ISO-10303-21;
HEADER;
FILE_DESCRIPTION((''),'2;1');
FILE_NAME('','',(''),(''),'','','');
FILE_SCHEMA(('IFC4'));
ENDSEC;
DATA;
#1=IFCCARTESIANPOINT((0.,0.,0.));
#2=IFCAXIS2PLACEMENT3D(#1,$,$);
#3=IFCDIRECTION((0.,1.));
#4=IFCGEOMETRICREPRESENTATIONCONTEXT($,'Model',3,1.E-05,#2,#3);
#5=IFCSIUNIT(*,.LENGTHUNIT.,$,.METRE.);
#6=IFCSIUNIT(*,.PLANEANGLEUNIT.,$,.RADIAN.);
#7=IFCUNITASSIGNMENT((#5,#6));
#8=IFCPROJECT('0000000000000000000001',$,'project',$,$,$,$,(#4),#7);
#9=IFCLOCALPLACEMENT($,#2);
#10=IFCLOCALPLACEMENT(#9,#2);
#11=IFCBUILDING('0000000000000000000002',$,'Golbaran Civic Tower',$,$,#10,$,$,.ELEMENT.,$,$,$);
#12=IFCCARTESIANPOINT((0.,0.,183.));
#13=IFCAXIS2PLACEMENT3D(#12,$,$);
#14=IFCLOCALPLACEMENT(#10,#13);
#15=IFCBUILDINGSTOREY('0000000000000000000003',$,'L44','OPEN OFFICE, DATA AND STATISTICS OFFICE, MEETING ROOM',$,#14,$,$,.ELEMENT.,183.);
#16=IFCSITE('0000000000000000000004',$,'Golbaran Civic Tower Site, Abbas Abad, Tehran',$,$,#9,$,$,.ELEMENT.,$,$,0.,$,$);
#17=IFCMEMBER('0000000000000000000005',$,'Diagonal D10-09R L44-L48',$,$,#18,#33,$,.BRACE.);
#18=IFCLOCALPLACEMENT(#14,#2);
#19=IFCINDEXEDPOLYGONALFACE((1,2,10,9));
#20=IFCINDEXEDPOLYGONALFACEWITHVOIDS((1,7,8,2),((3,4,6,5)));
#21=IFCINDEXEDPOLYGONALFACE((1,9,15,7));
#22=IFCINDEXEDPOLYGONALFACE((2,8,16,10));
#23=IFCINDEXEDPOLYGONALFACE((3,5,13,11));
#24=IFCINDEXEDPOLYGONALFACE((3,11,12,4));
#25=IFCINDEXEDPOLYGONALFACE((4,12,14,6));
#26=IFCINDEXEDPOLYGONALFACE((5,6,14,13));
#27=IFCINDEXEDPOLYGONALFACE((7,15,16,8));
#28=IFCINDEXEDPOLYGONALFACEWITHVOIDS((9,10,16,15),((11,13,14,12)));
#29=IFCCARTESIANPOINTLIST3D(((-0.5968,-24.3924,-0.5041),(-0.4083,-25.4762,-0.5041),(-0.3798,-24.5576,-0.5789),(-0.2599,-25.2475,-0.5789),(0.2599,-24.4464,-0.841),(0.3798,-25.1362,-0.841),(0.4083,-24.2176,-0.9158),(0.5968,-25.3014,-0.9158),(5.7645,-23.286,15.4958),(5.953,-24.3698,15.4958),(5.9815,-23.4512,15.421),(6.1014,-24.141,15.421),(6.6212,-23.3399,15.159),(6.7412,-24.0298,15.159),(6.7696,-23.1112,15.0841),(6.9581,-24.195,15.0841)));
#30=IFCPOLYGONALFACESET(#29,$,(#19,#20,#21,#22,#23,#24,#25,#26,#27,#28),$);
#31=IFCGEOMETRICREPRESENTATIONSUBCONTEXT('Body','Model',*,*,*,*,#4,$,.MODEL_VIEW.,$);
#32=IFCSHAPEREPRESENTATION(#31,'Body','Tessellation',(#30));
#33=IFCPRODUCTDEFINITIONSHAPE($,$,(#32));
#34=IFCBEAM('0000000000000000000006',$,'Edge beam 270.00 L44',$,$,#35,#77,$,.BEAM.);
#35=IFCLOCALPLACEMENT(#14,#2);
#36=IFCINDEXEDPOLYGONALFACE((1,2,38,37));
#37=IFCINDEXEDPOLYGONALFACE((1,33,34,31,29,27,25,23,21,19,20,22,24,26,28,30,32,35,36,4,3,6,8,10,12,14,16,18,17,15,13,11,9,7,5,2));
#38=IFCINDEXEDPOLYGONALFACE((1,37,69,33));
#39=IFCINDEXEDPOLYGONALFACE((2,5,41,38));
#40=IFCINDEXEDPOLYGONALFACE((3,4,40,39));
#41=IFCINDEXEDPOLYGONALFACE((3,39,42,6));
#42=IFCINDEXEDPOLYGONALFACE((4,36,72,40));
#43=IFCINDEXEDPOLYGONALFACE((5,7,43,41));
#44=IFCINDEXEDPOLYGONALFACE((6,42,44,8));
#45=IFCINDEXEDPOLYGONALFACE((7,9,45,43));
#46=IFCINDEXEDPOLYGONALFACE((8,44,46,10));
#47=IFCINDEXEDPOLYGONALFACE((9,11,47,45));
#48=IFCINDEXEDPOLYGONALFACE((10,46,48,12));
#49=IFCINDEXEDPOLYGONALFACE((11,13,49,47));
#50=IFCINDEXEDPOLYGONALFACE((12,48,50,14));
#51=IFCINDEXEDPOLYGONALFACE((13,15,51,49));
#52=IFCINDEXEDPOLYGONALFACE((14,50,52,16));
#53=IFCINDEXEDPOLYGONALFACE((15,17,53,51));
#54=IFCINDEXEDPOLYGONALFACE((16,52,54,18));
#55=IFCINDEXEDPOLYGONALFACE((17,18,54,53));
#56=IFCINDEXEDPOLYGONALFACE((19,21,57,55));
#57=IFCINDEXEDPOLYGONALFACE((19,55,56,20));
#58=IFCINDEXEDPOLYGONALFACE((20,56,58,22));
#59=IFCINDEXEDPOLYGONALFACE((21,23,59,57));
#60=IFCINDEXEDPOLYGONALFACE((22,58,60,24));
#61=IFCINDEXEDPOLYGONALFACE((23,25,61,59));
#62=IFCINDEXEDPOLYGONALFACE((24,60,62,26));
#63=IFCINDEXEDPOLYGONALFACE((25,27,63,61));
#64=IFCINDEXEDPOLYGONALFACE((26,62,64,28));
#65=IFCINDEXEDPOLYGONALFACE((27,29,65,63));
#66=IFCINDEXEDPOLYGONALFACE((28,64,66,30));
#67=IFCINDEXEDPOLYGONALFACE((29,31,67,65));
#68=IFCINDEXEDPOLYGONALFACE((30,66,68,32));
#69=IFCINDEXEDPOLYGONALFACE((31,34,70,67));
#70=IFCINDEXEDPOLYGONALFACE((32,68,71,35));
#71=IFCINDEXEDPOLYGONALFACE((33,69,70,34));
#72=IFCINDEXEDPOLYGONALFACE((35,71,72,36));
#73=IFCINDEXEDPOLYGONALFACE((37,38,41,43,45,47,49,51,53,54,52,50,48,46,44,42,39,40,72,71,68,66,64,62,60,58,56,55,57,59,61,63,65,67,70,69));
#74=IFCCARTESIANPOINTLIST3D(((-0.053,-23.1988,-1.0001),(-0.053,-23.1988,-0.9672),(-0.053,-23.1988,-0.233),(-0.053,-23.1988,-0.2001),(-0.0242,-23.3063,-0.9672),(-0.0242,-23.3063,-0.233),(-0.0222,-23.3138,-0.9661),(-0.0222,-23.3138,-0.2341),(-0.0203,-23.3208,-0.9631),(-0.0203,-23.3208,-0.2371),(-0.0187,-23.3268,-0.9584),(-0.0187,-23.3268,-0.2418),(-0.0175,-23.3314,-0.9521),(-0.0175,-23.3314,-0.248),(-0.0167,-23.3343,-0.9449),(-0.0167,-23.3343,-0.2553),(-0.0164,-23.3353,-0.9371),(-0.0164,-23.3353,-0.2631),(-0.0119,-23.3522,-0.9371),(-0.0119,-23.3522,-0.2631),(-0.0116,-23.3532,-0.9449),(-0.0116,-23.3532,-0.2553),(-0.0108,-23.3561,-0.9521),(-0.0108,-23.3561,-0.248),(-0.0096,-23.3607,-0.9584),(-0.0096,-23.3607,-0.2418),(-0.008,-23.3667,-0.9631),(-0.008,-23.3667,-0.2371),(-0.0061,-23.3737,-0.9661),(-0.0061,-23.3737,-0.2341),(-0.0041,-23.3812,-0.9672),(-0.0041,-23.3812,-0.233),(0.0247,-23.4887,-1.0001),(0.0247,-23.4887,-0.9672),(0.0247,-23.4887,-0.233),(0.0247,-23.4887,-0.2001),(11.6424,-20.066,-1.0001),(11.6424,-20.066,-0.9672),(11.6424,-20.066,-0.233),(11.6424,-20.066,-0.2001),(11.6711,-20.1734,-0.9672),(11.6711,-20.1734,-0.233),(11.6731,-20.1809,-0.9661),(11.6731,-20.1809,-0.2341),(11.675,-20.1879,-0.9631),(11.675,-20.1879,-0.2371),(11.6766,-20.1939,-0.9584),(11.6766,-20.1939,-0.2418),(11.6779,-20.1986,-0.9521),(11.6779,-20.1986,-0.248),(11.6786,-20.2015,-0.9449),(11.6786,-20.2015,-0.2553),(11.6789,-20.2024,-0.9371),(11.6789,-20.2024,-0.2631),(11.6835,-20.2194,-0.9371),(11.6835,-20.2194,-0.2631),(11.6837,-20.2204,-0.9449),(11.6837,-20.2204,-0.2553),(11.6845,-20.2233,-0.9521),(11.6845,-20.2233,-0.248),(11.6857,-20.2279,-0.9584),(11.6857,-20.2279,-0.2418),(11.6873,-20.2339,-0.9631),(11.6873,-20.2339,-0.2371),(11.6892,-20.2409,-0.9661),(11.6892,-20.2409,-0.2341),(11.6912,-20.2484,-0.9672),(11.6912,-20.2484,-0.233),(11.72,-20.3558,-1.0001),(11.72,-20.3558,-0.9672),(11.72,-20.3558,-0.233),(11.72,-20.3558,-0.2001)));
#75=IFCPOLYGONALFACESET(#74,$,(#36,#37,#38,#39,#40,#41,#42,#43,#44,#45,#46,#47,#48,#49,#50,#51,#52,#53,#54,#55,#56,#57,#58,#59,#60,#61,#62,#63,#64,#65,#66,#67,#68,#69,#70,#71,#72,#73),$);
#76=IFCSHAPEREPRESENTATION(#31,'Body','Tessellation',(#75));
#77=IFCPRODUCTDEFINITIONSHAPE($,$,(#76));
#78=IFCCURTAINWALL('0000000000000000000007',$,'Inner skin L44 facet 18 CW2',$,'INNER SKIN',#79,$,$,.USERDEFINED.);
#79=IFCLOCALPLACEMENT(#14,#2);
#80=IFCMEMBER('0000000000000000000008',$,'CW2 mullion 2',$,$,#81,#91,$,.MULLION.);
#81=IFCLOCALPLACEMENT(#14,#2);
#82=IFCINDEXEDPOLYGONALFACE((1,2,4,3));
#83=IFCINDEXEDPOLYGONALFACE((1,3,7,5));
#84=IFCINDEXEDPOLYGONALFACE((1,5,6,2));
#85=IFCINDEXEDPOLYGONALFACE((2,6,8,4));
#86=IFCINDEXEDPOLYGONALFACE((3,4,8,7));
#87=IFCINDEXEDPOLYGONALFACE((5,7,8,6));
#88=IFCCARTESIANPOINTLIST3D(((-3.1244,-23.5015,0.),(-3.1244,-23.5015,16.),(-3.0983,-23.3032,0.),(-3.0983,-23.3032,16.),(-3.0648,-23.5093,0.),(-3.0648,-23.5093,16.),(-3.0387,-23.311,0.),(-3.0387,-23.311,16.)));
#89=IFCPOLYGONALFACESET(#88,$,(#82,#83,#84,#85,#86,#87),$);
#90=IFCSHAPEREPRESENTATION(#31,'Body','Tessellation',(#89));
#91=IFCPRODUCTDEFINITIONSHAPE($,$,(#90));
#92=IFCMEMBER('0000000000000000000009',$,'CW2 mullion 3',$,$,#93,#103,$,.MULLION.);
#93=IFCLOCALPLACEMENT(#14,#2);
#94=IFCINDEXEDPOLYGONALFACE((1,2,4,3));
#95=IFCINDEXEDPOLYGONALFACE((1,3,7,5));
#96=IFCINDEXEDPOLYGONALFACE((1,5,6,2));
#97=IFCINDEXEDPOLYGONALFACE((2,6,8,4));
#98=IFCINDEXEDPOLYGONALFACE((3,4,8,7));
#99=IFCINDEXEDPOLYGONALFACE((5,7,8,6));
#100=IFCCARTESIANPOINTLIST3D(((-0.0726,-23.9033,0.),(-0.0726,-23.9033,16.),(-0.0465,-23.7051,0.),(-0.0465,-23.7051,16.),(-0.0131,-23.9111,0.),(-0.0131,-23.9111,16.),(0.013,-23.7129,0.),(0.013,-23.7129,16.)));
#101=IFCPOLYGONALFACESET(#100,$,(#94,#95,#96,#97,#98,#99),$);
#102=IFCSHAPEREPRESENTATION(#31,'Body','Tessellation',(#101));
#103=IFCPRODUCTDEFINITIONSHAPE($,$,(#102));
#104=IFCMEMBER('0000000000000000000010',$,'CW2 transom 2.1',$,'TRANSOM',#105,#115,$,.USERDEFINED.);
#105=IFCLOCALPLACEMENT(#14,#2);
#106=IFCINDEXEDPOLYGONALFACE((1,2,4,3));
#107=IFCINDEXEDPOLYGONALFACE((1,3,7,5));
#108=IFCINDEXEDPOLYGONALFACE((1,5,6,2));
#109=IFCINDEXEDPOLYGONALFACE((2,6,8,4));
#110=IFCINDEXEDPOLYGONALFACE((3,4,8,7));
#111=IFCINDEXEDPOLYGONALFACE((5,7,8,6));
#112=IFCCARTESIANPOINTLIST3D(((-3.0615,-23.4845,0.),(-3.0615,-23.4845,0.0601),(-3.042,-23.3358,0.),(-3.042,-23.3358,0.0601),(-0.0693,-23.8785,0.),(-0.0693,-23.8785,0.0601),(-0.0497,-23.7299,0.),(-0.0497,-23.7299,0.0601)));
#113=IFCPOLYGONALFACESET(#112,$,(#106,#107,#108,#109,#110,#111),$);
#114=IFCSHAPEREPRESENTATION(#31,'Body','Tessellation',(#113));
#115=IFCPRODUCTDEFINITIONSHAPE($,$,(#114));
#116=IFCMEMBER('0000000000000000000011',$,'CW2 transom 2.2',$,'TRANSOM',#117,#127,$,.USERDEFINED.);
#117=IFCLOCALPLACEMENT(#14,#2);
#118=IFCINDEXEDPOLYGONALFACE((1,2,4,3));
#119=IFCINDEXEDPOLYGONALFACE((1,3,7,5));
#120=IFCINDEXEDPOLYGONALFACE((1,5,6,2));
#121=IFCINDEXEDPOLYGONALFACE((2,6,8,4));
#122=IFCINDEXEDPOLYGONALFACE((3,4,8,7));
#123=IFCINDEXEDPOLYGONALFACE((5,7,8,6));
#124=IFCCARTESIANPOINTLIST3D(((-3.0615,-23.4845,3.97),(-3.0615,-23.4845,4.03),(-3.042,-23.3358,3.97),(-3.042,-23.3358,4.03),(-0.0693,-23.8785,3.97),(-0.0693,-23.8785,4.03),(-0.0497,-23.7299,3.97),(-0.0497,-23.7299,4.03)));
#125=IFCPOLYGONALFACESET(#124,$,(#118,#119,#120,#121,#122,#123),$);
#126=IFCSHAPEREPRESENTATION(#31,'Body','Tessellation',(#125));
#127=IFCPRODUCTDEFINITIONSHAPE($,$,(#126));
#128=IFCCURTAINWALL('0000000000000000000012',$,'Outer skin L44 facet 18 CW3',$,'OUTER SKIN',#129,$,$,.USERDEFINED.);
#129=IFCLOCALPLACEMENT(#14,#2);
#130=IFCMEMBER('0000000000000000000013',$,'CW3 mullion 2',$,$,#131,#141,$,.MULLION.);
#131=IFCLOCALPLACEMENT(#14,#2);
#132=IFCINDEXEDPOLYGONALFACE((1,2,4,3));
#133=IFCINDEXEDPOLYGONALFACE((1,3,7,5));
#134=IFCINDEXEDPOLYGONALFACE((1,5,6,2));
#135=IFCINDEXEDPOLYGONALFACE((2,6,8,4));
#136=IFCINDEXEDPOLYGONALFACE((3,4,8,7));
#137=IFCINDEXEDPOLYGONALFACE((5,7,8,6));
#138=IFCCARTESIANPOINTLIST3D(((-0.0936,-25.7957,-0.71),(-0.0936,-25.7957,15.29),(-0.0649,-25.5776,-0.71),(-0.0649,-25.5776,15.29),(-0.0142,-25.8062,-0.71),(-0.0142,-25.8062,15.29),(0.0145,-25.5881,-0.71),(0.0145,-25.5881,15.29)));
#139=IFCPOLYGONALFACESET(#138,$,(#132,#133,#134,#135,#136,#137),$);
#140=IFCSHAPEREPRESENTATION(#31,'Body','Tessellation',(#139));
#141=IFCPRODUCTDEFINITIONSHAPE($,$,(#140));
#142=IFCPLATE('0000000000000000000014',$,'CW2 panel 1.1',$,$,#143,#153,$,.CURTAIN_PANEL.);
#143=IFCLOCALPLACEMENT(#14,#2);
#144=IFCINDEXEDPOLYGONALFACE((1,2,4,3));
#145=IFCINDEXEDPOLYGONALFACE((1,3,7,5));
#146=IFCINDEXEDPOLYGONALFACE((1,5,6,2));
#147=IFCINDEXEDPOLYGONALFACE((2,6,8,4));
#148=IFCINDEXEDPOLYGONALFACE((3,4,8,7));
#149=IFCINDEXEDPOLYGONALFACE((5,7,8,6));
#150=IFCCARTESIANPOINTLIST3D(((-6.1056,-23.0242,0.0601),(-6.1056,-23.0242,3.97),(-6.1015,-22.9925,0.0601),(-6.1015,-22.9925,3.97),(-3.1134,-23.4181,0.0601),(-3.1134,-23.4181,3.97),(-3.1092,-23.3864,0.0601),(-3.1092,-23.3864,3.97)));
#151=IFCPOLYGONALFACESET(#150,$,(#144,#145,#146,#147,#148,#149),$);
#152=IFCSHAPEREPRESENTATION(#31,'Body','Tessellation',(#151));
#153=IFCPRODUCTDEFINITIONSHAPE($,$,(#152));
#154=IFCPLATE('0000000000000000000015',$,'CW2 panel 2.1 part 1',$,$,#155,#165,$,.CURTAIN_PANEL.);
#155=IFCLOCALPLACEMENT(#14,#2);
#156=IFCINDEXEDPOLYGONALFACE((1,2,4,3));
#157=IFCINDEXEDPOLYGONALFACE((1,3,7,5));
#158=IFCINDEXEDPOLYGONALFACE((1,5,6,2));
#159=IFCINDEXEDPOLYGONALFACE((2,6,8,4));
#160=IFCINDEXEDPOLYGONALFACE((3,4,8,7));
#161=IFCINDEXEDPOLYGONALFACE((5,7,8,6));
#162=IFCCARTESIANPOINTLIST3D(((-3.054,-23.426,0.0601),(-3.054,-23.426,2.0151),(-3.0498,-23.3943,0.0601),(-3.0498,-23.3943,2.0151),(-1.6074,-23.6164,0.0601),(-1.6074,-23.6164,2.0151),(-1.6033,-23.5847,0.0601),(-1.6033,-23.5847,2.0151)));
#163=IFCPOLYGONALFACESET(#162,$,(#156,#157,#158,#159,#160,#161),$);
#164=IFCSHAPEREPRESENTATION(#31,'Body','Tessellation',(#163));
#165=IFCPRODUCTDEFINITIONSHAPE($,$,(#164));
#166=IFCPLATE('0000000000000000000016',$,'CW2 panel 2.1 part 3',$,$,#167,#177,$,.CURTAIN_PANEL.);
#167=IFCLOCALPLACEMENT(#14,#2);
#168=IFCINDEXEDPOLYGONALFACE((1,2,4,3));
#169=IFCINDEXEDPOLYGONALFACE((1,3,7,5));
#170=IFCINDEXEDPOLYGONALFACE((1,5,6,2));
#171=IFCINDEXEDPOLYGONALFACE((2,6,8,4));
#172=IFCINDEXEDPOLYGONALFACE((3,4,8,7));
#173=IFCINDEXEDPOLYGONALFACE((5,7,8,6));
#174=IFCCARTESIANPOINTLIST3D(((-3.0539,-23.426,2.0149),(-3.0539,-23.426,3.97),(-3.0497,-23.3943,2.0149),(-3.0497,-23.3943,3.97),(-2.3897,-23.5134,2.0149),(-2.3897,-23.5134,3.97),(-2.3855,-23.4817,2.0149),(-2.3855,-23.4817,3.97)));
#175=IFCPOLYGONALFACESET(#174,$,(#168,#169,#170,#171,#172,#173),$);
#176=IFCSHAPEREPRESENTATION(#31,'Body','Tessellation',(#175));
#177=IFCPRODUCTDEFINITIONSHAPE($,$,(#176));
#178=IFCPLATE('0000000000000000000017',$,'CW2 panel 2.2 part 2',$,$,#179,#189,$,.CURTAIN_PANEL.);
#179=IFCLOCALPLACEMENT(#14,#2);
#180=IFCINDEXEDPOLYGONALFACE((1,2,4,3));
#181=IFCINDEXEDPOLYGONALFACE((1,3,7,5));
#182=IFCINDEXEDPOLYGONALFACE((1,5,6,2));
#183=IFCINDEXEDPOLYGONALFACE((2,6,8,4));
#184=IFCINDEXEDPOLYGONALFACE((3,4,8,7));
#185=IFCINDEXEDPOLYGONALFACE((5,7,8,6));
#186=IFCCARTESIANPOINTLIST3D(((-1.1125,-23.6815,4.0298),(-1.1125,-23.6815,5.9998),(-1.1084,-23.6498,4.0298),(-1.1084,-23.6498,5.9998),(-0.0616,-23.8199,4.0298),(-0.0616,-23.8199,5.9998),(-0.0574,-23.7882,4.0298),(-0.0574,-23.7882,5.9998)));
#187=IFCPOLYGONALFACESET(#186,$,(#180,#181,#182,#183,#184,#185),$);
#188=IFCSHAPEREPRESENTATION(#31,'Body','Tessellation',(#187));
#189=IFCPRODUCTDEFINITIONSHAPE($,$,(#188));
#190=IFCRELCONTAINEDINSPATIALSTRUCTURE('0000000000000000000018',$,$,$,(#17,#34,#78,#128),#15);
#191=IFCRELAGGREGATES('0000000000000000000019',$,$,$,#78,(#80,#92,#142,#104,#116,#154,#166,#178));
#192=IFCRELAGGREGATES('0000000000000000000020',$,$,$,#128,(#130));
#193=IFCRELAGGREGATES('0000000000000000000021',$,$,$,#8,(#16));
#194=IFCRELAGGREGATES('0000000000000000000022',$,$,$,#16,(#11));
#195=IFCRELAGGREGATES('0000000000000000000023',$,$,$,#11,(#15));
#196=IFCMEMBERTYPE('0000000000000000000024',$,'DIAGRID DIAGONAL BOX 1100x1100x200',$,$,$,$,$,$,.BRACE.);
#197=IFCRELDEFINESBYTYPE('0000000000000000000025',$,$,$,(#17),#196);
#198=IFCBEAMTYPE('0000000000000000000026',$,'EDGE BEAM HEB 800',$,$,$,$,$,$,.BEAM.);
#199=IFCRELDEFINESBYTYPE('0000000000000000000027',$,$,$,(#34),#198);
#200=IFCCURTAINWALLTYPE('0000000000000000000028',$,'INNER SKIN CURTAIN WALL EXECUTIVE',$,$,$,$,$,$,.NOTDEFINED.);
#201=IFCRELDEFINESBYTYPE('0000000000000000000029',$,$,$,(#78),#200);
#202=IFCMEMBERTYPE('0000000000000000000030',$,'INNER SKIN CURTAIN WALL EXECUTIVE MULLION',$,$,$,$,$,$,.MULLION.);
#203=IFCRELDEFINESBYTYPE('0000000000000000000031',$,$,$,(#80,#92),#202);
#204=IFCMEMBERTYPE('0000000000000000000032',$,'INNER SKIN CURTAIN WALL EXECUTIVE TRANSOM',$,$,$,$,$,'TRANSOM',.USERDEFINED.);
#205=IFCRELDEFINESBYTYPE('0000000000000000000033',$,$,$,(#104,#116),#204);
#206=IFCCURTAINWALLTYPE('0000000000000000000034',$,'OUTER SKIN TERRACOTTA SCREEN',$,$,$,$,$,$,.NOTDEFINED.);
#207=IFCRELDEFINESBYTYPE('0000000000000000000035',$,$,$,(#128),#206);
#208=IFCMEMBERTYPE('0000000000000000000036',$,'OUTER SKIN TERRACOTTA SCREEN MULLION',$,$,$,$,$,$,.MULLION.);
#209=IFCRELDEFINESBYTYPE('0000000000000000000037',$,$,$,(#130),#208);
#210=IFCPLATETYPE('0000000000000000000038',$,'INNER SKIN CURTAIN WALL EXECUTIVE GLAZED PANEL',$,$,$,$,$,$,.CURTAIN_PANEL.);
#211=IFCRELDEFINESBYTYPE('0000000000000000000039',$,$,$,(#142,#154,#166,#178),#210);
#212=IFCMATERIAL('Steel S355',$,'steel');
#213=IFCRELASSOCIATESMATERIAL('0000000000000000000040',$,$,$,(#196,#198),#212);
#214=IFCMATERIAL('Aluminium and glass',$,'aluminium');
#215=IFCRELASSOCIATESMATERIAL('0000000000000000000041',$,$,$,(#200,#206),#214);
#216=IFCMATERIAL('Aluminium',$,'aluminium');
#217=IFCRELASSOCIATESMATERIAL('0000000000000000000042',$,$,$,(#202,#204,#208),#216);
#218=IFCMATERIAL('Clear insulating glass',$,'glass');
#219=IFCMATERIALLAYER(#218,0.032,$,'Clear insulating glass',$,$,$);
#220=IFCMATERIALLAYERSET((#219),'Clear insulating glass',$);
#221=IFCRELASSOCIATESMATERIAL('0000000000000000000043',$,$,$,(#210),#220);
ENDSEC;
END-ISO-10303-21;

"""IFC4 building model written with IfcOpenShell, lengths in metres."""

from ifc_helpers import new_model, si_unit, direction, frame, origin, origin_2d, place, context, subcontext, project, spatial, rectangle, hollow_rectangle, i_section, extrude, material, layer, layer_set, material_profile, profile_set, type_object, element, aggregate, save


model = new_model("IFC4")

# Units and contexts
model_context = context("Model", 3, precision=1e-05, world=origin(), true_north=direction((0.0, 1.0)))
body_context = subcontext(model_context, "Body", "Model", "MODEL_VIEW")
ifc_project = project(units=[si_unit("LENGTHUNIT", "METRE"), si_unit("PLANEANGLEUNIT", "RADIAN")], contexts=[model_context])

# Site, building, storey
site_placement = place(None, origin())
site = spatial("IfcSite", under=ifc_project, at=site_placement, Name="Golbaran Civic Tower Site, Abbas Abad, Tehran", CompositionType="ELEMENT", RefElevation=0.0)
building_placement = place(site_placement, origin())
building = spatial("IfcBuilding", under=site, at=building_placement, Name="Golbaran Civic Tower", CompositionType="ELEMENT")
storey_placement = place(building_placement, frame((0.0, 0.0, 183.0)))
storey = spatial("IfcBuildingStorey", under=building, at=storey_placement, Name="L44", Description="OPEN OFFICE, DATA AND STATISTICS OFFICE, MEETING ROOM", CompositionType="ELEMENT", Elevation=183.0)

# Member
ifc_material_1 = material(Name="Steel S355", Category="steel")
ifc_material_profile_1 = material_profile(ifc_material_1, hollow_rectangle(XDim=1.1001, YDim=1.1001, WallThickness=0.2, at=origin_2d()), Name="BOX 1100x1100x200")
ifc_profile_set_1 = profile_set([ifc_material_profile_1], Name="Steel S355")
member_type_1 = type_object("IfcMemberType", Name="DIAGRID DIAGONAL BOX 1100x1100x200", PredefinedType="BRACE", material=ifc_profile_set_1)
member_1_placement = place(storey_placement, frame((0.0, -24.8469, -0.71), z_axis=(0.368693, 0.064128, 0.927336), x_axis=(-0.17136, 0.985208, 0.0)))
element("IfcMember", 1, at=member_1_placement, inside=storey, type_object=member_type_1, Name="Diagonal D10-09R L44-L48", PredefinedType="BRACE", context=body_context, shape_type="SweptSolid", body=[
    extrude(hollow_rectangle(XDim=1.1001, YDim=1.1001, WallThickness=0.2, at=origin_2d()), origin(), (0.0, 0.0, 1.0), 17.2537),
])

# Beam
ifc_material_profile_2 = material_profile(ifc_material_1, i_section(OverallWidth=0.3, OverallDepth=0.8, WebThickness=0.0176, FlangeThickness=0.033, FilletRadius=0.03, at=origin_2d()), Name="HEB 800")
ifc_profile_set_2 = profile_set([ifc_material_profile_2], Name="Steel S355")
beam_type = type_object("IfcBeamType", Name="EDGE BEAM HEB 800", PredefinedType="BEAM", material=ifc_profile_set_2)
beam_placement = place(storey_placement, frame((-0.0142, -23.3438, -0.6001), z_axis=(0.965945, 0.258747, 0.0), x_axis=(-0.258747, 0.965945, 0.0)))
element("IfcBeam", 2, at=beam_placement, inside=storey, type_object=beam_type, Name="Edge beam 270.00 L44", PredefinedType="BEAM", context=body_context, shape_type="SweptSolid", body=[
    extrude(i_section(OverallWidth=0.3, OverallDepth=0.8, WebThickness=0.0176, FlangeThickness=0.033, FilletRadius=0.03, at=origin_2d()), origin(), (0.0, 0.0, 1.0), 12.1077),
])

# Curtain wall, members
ifc_material_2 = material(Name="Aluminium and glass", Category="aluminium")
curtain_wall_type_1 = type_object("IfcCurtainWallType", Name="INNER SKIN CURTAIN WALL EXECUTIVE", PredefinedType="NOTDEFINED", material=ifc_material_2)
curtain_wall_1_placement = place(storey_placement, origin())
curtain_wall_1 = element("IfcCurtainWall", 3, at=curtain_wall_1_placement, inside=storey, type_object=curtain_wall_type_1, Name="Inner skin L44 facet 18 CW2", ObjectType="INNER SKIN", PredefinedType="USERDEFINED")
ifc_material_3 = material(Name="Aluminium", Category="aluminium")
ifc_material_profile_3 = material_profile(ifc_material_3, rectangle(XDim=0.2, YDim=0.0601, at=origin_2d()), Name="INNER SKIN CURTAIN WALL EXECUTIVE MULLION")
ifc_profile_set_3 = profile_set([ifc_material_profile_3], Name="Aluminium")
member_type_2 = type_object("IfcMemberType", Name="INNER SKIN CURTAIN WALL EXECUTIVE MULLION", PredefinedType="MULLION", material=ifc_profile_set_3)
member_2_placement = place(storey_placement, frame((-3.0815, -23.4062, 0.0), z_axis=(0.0, 0.0, 1.0), x_axis=(0.130526, 0.991445, 0.0)))
member_2 = element("IfcMember", 4, at=member_2_placement, type_object=member_type_2, Name="CW2 mullion 2", PredefinedType="MULLION", context=body_context, shape_type="SweptSolid", body=[
    extrude(rectangle(XDim=0.2, YDim=0.0601, at=origin_2d()), origin(), (0.0, 0.0, 1.0), 16.0),
])
member_3_placement = place(storey_placement, frame((-0.0298, -23.8081, 0.0), z_axis=(0.0, 0.0, 1.0), x_axis=(0.130526, 0.991445, 0.0)))
member_3 = element("IfcMember", 5, at=member_3_placement, type_object=member_type_2, Name="CW2 mullion 3", PredefinedType="MULLION", context=body_context, shape_type="SweptSolid", body=[
    extrude(rectangle(XDim=0.2, YDim=0.0601, at=origin_2d()), origin(), (0.0, 0.0, 1.0), 16.0),
])
ifc_material_profile_4 = material_profile(ifc_material_3, rectangle(XDim=0.1499, YDim=0.0601, at=origin_2d()), Name="INNER SKIN CURTAIN WALL EXECUTIVE TRANSOM")
ifc_profile_set_4 = profile_set([ifc_material_profile_4], Name="Aluminium")
member_type_3 = type_object("IfcMemberType", Name="INNER SKIN CURTAIN WALL EXECUTIVE TRANSOM", ElementType="TRANSOM", PredefinedType="USERDEFINED", material=ifc_profile_set_4)
member_4_placement = place(storey_placement, frame((-3.0518, -23.4102, 0.03), z_axis=(0.99144, -0.130563, 0.0), x_axis=(0.130563, 0.99144, 0.0)))
member_4 = element("IfcMember", 6, at=member_4_placement, type_object=member_type_3, Name="CW2 transom 2.1", ObjectType="TRANSOM", PredefinedType="USERDEFINED", context=body_context, shape_type="SweptSolid", body=[
    extrude(rectangle(XDim=0.1499, YDim=0.0601, at=origin_2d()), origin(), (0.0, 0.0, 1.0), 3.0181),
])
member_5_placement = place(storey_placement, frame((-3.0518, -23.4102, 4.0), z_axis=(0.99144, -0.130563, 0.0), x_axis=(0.130563, 0.99144, 0.0)))
member_5 = element("IfcMember", 7, at=member_5_placement, type_object=member_type_3, Name="CW2 transom 2.2", ObjectType="TRANSOM", PredefinedType="USERDEFINED", context=body_context, shape_type="SweptSolid", body=[
    extrude(rectangle(XDim=0.1499, YDim=0.0601, at=origin_2d()), origin(), (0.0, 0.0, 1.0), 3.0181),
])

# Curtain wall, member
curtain_wall_type_2 = type_object("IfcCurtainWallType", Name="OUTER SKIN TERRACOTTA SCREEN", PredefinedType="NOTDEFINED", material=ifc_material_2)
curtain_wall_2_placement = place(storey_placement, origin())
curtain_wall_2 = element("IfcCurtainWall", 8, at=curtain_wall_2_placement, inside=storey, type_object=curtain_wall_type_2, Name="Outer skin L44 facet 18 CW3", ObjectType="OUTER SKIN", PredefinedType="USERDEFINED")
ifc_material_profile_5 = material_profile(ifc_material_3, rectangle(XDim=0.22, YDim=0.0801, at=origin_2d()), Name="OUTER SKIN TERRACOTTA SCREEN MULLION")
ifc_profile_set_5 = profile_set([ifc_material_profile_5], Name="Aluminium")
member_type_4 = type_object("IfcMemberType", Name="OUTER SKIN TERRACOTTA SCREEN MULLION", PredefinedType="MULLION", material=ifc_profile_set_5)
member_6_placement = place(storey_placement, frame((-0.0396, -25.6919, -0.71), z_axis=(0.0, 0.0, 1.0), x_axis=(0.130526, 0.991445, 0.0)))
member_6 = element("IfcMember", 9, at=member_6_placement, type_object=member_type_4, Name="CW3 mullion 2", PredefinedType="MULLION", context=body_context, shape_type="SweptSolid", body=[
    extrude(rectangle(XDim=0.22, YDim=0.0801, at=origin_2d()), origin(), (0.0, 0.0, 1.0), 16.0),
])

# Plates
ifc_material_4 = material(Name="Clear insulating glass", Category="glass")
ifc_layer_1 = layer(ifc_material_4, 0.032, Name="Clear insulating glass")
ifc_layer_set_1 = layer_set([ifc_layer_1], Name="Clear insulating glass")
plate_type_1 = type_object("IfcPlateType", Name="INNER SKIN CURTAIN WALL EXECUTIVE GLAZED PANEL", PredefinedType="CURTAIN_PANEL", material=ifc_layer_set_1)
plate_1_placement = place(storey_placement, frame((-4.6074, -23.2053, 0.0601), z_axis=(0.0, 0.0, 1.0), x_axis=(0.991445, -0.130526, 0.0)))
plate_1 = element("IfcPlate", 10, at=plate_1_placement, type_object=plate_type_1, Name="CW2 panel 1.1", PredefinedType="CURTAIN_PANEL", context=body_context, shape_type="SweptSolid", body=[
    extrude(rectangle(XDim=3.0181, YDim=0.032, at=origin_2d()), origin(), (0.0, 0.0, 1.0), 3.9099),
])
plate_2_placement = place(storey_placement, frame((-2.3286, -23.5054, 0.0601), z_axis=(0.0, 0.0, 1.0), x_axis=(0.991445, -0.130526, 0.0)))
plate_2 = element("IfcPlate", 11, at=plate_2_placement, type_object=plate_type_1, Name="CW2 panel 2.1 part 1", PredefinedType="CURTAIN_PANEL", context=body_context, shape_type="SweptSolid", body=[
    extrude(rectangle(XDim=1.459, YDim=0.032, at=origin_2d()), origin(), (0.0, 0.0, 1.0), 1.9551),
])
plate_3_placement = place(storey_placement, frame((-2.7197, -23.4539, 2.0149), z_axis=(0.0, 0.0, 1.0), x_axis=(0.991445, -0.130526, 0.0)))
plate_3 = element("IfcPlate", 12, at=plate_3_placement, type_object=plate_type_1, Name="CW2 panel 2.1 part 3", PredefinedType="CURTAIN_PANEL", context=body_context, shape_type="SweptSolid", body=[
    extrude(rectangle(XDim=0.6699, YDim=0.032, at=origin_2d()), origin(), (0.0, 0.0, 1.0), 1.9551),
])
plate_4_placement = place(storey_placement, frame((-0.585, -23.7349, 4.0298), z_axis=(0.0, 0.0, 1.0), x_axis=(0.991445, -0.130526, 0.0)))
plate_4 = element("IfcPlate", 13, at=plate_4_placement, type_object=plate_type_1, Name="CW2 panel 2.2 part 2", PredefinedType="CURTAIN_PANEL", context=body_context, shape_type="SweptSolid", body=[
    extrude(rectangle(XDim=1.0601, YDim=0.032, at=origin_2d()), origin(), (0.0, 0.0, 1.0), 1.97),
])
aggregate(curtain_wall_1, [member_2, member_3, plate_1, member_4, member_5, plate_2, plate_3, plate_4])
aggregate(curtain_wall_2, [member_6])

save(model, "model.ifc")
